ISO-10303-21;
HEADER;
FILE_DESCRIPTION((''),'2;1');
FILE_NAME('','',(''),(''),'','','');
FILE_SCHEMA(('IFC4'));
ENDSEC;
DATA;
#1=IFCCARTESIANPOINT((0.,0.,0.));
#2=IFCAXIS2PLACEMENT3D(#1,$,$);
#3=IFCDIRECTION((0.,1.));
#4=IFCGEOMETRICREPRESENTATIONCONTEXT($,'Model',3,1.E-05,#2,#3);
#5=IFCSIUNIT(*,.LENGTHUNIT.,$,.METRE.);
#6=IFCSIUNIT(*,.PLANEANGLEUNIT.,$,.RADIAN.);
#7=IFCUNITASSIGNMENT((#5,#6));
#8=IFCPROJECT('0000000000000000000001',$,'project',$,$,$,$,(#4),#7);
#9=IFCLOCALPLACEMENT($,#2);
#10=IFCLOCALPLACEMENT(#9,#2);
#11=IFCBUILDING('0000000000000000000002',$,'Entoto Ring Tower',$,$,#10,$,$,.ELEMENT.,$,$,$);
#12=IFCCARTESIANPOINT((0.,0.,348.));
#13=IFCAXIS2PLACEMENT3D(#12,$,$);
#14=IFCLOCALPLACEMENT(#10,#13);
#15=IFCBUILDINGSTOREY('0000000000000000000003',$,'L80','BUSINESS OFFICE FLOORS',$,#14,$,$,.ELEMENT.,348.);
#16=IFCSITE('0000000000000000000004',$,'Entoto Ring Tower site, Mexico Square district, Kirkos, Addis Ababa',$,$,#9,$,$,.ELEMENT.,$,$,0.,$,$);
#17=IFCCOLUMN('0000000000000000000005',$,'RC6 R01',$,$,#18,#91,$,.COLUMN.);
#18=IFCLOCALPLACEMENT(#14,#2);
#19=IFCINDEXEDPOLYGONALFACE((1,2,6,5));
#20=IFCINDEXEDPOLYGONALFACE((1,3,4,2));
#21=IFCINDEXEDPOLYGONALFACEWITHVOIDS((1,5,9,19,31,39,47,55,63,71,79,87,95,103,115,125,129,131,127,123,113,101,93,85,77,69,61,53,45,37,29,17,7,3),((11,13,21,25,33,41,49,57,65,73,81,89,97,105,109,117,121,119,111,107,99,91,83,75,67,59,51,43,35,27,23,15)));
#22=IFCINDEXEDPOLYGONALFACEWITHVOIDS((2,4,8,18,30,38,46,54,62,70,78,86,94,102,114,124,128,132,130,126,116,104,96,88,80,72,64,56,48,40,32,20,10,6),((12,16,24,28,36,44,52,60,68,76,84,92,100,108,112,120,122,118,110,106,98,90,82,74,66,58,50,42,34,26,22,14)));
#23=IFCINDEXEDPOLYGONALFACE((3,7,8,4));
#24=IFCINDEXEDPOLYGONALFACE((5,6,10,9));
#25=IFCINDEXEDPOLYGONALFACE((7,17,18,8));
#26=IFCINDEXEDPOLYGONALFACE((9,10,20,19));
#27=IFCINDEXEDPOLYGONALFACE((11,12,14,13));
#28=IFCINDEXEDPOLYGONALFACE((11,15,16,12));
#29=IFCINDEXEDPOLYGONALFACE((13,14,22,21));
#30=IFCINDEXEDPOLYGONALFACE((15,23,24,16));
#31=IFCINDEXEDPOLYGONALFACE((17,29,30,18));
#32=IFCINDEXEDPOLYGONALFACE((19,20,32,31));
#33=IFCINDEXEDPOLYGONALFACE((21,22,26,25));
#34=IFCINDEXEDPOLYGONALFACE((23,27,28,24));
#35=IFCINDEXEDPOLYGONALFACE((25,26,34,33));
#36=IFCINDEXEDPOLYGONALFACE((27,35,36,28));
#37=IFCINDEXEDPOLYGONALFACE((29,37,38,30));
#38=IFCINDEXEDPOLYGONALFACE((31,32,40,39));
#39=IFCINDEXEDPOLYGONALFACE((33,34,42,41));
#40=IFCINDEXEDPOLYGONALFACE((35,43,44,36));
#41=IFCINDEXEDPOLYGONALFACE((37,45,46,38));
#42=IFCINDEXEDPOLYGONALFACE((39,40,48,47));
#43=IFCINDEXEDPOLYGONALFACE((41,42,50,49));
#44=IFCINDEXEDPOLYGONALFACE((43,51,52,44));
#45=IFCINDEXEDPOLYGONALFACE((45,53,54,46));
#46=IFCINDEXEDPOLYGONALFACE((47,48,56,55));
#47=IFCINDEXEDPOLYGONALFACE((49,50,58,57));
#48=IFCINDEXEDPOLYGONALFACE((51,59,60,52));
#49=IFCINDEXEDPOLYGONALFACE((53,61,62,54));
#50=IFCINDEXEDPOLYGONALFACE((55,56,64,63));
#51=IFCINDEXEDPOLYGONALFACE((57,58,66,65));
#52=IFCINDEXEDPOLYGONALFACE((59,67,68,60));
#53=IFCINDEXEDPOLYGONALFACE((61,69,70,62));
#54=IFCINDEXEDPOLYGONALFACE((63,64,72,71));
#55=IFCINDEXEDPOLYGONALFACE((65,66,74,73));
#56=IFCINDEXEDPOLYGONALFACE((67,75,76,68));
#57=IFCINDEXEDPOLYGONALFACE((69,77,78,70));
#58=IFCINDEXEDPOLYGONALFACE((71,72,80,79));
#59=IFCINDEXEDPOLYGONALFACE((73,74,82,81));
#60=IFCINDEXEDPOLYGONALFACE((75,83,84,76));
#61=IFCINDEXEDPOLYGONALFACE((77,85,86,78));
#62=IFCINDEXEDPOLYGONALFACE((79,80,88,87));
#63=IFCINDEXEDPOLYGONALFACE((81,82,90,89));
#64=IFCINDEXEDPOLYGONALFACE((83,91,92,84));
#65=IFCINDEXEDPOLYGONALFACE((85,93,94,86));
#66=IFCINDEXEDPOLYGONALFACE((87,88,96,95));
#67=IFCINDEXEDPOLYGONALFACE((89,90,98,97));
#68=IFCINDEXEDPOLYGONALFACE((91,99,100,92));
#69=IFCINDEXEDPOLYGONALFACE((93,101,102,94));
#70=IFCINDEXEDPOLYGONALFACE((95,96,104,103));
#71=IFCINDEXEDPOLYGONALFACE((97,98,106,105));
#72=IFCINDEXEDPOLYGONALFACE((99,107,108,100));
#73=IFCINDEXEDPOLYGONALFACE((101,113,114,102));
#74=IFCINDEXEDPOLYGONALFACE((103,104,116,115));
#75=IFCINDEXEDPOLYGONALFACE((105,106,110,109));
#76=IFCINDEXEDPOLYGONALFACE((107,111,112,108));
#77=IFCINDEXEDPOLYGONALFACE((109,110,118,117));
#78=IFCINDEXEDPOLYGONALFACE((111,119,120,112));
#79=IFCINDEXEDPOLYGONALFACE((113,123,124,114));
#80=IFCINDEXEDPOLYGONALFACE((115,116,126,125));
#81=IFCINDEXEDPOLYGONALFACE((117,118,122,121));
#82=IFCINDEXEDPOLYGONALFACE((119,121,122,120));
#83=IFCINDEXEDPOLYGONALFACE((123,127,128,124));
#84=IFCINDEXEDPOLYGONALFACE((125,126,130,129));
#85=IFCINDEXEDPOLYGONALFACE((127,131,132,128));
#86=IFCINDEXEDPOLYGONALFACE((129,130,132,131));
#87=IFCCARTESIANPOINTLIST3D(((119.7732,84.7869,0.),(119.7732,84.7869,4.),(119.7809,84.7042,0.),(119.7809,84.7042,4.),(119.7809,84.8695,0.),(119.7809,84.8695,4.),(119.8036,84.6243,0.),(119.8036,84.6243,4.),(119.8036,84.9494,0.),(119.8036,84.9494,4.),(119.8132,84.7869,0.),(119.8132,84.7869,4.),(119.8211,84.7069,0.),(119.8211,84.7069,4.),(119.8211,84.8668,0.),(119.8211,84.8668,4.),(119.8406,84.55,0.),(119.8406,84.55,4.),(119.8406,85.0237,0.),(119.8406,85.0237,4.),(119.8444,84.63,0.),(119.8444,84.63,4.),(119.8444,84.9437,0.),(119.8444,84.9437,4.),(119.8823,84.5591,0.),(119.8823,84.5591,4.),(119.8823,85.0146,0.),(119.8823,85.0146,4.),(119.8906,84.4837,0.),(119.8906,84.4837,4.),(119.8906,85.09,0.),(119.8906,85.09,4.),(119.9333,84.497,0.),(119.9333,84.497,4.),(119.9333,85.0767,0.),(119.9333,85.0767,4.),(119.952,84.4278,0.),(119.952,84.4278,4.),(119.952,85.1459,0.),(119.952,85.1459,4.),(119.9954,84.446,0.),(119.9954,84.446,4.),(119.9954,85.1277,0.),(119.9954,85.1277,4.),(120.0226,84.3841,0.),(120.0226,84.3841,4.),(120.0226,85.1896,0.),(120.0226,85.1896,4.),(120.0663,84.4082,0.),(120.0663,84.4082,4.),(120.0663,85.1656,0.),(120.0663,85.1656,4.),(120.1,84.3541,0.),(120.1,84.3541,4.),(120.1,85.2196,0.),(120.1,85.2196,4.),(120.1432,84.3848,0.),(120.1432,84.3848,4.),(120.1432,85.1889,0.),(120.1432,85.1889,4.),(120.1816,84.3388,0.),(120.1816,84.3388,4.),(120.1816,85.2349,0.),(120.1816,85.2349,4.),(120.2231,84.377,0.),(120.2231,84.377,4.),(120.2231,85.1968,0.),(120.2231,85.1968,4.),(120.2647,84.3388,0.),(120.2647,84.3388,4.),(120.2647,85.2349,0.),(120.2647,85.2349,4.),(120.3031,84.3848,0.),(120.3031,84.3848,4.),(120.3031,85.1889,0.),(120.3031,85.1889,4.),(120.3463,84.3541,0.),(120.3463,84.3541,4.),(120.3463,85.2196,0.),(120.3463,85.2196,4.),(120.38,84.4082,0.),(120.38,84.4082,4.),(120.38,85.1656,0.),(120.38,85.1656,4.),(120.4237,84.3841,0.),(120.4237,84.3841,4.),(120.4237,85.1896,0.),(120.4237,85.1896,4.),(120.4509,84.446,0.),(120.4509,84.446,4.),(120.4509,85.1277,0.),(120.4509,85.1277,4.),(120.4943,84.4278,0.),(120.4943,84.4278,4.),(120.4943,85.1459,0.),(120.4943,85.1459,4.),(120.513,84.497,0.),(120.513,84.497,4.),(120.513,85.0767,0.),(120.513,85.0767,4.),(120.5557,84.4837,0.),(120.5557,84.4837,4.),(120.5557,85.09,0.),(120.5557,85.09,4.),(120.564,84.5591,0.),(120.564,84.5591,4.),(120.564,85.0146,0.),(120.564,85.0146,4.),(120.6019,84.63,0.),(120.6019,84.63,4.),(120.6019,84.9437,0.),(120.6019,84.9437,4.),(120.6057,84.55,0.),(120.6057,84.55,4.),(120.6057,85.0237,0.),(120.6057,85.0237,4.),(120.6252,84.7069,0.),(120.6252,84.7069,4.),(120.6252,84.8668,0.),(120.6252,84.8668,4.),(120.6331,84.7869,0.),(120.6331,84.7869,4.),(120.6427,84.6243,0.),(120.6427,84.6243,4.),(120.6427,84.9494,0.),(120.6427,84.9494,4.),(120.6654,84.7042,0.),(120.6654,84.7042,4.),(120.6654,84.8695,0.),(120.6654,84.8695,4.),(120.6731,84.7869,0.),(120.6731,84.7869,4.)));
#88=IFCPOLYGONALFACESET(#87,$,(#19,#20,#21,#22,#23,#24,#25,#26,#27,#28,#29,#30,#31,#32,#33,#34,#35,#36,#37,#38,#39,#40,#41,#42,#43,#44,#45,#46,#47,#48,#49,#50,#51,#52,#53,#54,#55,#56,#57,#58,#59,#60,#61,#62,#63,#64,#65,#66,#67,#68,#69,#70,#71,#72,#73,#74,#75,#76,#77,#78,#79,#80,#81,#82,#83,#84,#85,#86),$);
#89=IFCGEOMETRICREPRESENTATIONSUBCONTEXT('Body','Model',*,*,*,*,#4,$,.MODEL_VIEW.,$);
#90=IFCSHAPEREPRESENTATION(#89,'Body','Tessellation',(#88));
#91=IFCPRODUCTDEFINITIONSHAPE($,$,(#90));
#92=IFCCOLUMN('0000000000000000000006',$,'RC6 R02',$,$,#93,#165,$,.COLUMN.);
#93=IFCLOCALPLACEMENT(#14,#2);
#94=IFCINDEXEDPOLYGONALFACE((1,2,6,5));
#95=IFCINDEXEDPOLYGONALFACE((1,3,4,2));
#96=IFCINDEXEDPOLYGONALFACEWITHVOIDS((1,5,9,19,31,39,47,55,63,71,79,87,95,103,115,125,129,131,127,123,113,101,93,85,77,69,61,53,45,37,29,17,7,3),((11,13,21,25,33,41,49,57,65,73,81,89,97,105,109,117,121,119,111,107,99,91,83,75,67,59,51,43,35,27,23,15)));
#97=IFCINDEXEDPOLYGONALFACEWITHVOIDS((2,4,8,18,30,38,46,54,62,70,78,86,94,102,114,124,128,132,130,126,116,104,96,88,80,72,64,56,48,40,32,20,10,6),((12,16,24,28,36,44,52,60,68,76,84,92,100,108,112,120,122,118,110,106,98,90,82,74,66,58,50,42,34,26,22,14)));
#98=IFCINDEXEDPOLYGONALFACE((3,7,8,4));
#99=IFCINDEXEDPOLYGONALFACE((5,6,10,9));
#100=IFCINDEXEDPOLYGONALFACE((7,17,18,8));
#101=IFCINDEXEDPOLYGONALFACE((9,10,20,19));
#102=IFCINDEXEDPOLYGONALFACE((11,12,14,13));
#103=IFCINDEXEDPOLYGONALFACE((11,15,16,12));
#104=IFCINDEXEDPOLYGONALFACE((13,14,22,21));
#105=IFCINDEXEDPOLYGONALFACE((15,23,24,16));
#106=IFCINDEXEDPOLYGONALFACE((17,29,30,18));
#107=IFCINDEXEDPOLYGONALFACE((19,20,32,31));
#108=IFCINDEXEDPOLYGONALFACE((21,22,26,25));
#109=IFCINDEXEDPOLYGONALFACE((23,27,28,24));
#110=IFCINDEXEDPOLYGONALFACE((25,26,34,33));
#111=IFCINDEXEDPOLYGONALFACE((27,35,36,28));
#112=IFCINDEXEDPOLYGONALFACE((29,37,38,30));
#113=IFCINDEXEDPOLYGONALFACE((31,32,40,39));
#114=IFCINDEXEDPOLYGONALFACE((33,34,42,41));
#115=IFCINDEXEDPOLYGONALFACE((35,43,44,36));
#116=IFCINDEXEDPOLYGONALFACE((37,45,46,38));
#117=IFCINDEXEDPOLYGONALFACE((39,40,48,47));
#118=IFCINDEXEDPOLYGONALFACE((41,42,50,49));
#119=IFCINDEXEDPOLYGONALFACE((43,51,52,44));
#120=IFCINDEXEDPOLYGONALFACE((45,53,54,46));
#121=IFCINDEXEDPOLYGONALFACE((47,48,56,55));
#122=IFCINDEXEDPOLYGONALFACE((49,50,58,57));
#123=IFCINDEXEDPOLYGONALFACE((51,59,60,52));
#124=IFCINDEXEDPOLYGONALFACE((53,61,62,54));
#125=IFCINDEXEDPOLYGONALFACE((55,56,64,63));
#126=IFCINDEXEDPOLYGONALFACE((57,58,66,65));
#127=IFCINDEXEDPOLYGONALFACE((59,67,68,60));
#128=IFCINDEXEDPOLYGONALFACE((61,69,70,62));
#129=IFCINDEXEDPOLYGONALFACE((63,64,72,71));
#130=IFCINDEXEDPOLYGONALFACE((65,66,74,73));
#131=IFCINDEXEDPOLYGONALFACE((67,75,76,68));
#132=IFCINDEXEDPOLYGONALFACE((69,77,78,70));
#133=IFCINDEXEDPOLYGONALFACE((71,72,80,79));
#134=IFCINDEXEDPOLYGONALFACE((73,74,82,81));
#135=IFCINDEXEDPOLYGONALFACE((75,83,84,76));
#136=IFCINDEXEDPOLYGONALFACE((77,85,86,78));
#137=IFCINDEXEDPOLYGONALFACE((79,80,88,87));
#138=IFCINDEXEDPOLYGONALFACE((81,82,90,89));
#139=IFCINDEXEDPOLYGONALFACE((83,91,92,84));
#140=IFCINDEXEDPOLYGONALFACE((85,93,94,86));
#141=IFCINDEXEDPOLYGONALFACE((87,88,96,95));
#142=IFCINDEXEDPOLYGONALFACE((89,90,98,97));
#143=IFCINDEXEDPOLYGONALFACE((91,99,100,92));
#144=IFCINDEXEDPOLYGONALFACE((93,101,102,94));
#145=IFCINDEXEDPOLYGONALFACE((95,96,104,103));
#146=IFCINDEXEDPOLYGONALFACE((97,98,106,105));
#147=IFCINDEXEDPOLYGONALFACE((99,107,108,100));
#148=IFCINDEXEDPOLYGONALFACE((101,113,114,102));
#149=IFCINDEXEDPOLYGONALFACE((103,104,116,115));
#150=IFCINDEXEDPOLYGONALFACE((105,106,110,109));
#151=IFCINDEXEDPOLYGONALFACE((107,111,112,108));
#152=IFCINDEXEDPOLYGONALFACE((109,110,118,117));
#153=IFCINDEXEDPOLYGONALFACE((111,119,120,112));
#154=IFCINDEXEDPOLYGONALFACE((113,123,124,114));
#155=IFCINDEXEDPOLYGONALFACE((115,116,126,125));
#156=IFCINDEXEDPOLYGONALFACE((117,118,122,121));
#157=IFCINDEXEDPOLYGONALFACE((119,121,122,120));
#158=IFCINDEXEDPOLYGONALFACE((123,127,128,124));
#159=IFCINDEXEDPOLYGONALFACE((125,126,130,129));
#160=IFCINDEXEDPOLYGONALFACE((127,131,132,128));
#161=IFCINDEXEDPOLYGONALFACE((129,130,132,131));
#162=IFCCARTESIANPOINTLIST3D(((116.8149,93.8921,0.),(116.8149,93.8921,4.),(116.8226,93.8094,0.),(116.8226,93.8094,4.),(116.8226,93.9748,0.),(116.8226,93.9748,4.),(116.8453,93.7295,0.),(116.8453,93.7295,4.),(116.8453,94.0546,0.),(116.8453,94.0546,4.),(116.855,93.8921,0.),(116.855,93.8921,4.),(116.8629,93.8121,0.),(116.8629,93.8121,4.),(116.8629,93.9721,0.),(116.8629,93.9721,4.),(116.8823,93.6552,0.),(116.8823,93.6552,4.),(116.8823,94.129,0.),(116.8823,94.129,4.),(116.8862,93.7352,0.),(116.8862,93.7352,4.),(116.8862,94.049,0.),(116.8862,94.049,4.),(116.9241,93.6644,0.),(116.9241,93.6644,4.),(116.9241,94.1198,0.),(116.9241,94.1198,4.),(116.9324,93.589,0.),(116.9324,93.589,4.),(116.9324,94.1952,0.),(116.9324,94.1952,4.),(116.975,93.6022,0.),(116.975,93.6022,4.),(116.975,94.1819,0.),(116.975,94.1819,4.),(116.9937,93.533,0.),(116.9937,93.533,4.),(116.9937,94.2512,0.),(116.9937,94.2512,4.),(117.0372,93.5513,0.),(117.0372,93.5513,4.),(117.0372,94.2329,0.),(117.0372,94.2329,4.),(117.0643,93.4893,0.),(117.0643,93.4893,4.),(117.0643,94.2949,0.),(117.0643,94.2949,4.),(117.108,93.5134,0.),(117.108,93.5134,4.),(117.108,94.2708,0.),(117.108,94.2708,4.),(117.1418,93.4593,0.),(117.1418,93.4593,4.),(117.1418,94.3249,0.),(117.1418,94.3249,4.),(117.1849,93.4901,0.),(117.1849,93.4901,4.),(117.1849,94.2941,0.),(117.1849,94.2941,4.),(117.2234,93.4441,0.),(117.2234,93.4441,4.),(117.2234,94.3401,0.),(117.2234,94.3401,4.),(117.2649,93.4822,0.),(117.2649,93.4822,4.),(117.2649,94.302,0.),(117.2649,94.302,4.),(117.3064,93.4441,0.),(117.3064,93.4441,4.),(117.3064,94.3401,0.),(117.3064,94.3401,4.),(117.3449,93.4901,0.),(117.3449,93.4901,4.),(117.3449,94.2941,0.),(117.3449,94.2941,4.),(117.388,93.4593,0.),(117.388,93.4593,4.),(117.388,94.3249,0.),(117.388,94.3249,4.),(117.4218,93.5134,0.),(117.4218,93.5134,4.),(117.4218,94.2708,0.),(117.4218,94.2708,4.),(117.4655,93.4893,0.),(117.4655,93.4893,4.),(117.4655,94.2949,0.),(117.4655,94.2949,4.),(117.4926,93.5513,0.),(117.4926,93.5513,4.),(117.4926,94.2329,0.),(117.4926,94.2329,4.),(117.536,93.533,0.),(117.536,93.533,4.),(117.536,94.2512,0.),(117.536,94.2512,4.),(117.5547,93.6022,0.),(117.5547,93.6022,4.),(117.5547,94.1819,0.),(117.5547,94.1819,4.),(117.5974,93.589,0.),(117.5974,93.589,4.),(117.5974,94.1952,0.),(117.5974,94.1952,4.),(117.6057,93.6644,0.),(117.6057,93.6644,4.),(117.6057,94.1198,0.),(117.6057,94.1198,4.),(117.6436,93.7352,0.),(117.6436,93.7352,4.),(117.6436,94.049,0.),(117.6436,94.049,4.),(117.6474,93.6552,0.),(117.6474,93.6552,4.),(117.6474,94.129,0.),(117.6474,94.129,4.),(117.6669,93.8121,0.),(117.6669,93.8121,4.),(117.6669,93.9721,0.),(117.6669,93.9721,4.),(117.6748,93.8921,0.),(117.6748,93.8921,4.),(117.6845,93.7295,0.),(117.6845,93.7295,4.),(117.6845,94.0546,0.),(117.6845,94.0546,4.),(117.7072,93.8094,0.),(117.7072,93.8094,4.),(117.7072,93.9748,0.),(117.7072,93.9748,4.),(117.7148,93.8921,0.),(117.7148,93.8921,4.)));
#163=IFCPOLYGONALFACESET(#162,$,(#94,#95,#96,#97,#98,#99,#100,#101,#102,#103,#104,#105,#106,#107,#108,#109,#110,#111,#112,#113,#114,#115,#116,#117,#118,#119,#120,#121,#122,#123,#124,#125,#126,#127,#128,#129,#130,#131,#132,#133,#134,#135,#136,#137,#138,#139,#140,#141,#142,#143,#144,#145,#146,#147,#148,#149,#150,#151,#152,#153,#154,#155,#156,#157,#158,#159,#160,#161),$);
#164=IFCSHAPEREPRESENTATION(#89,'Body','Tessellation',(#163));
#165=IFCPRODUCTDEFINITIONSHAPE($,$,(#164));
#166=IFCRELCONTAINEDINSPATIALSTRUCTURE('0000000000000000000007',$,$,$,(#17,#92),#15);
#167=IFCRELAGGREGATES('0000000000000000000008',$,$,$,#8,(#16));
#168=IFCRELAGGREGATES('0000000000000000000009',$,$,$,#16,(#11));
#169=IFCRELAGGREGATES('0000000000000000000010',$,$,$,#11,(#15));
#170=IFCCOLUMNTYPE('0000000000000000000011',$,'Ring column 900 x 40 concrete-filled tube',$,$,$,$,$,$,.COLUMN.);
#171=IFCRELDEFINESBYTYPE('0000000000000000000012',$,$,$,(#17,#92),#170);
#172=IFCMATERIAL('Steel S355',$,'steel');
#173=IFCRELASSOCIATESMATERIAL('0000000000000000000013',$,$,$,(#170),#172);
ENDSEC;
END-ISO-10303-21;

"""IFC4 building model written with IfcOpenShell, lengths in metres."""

from ifc_helpers import new_model, si_unit, direction, frame, origin, origin_2d, place, context, subcontext, project, spatial, circle, hollow_circle, extrude, material, material_profile, profile_set, type_object, element, save


model = new_model("IFC4")

# Units and contexts
model_context = context("Model", 3, precision=1e-05, world=origin(), true_north=direction((0.0, 1.0)))
body_context = subcontext(model_context, "Body", "Model", "MODEL_VIEW")
ifc_project = project(units=[si_unit("LENGTHUNIT", "METRE"), si_unit("PLANEANGLEUNIT", "RADIAN")], contexts=[model_context])

# Site, building, storey
site_placement = place(None, origin())
site = spatial("IfcSite", under=ifc_project, at=site_placement, Name="Entoto Ring Tower site, Mexico Square district, Kirkos, Addis Ababa", CompositionType="ELEMENT", RefElevation=0.0)
building_placement = place(site_placement, origin())
building = spatial("IfcBuilding", under=site, at=building_placement, Name="Entoto Ring Tower", CompositionType="ELEMENT")
storey_placement = place(building_placement, frame((0.0, 0.0, 348.0)))
storey = spatial("IfcBuildingStorey", under=building, at=storey_placement, Name="L80", Description="BUSINESS OFFICE FLOORS", CompositionType="ELEMENT", Elevation=348.0)

# Columns
ifc_material_1 = material(Name="Steel S355", Category="steel")
ifc_material_profile_1 = material_profile(ifc_material_1, hollow_circle(Radius=0.45, WallThickness=0.04, at=origin_2d()), Name="CHS 900 x 40")
ifc_material_2 = material(Name="Concrete C60/75", Category="concrete")
ifc_material_profile_2 = material_profile(ifc_material_2, circle(Radius=0.4099, at=origin_2d()), Name="Concrete C60/75 infill")
ifc_profile_set_1 = profile_set([ifc_material_profile_1, ifc_material_profile_2], Name="Steel S355")
column_type = type_object("IfcColumnType", Name="Ring column 900 x 40 concrete-filled tube", PredefinedType="COLUMN", material=ifc_profile_set_1)
for number, where, z_axis, x_axis, name in (
    (1, (120.2231, 84.7869, 0.0), (0.0, 0.0, 1.0), (1.0, 0.0, 0.0), "RC6 R01"),
    (2, (117.2649, 93.8921, 0.0), (0.0, 0.0, 1.0), (1.0, 0.0, 0.0), "RC6 R02"),
):
    element("IfcColumn", number, at=place(storey_placement, frame(where, z_axis=z_axis, x_axis=x_axis)), inside=storey, type_object=column_type, Name=name, PredefinedType="COLUMN", context=body_context, shape_type="SweptSolid", body=[
        extrude(hollow_circle(Radius=0.45, WallThickness=0.04, at=origin_2d()), origin(), (0.0, 0.0, 1.0), 4.0),
    ])

save(model, "model.ifc")
